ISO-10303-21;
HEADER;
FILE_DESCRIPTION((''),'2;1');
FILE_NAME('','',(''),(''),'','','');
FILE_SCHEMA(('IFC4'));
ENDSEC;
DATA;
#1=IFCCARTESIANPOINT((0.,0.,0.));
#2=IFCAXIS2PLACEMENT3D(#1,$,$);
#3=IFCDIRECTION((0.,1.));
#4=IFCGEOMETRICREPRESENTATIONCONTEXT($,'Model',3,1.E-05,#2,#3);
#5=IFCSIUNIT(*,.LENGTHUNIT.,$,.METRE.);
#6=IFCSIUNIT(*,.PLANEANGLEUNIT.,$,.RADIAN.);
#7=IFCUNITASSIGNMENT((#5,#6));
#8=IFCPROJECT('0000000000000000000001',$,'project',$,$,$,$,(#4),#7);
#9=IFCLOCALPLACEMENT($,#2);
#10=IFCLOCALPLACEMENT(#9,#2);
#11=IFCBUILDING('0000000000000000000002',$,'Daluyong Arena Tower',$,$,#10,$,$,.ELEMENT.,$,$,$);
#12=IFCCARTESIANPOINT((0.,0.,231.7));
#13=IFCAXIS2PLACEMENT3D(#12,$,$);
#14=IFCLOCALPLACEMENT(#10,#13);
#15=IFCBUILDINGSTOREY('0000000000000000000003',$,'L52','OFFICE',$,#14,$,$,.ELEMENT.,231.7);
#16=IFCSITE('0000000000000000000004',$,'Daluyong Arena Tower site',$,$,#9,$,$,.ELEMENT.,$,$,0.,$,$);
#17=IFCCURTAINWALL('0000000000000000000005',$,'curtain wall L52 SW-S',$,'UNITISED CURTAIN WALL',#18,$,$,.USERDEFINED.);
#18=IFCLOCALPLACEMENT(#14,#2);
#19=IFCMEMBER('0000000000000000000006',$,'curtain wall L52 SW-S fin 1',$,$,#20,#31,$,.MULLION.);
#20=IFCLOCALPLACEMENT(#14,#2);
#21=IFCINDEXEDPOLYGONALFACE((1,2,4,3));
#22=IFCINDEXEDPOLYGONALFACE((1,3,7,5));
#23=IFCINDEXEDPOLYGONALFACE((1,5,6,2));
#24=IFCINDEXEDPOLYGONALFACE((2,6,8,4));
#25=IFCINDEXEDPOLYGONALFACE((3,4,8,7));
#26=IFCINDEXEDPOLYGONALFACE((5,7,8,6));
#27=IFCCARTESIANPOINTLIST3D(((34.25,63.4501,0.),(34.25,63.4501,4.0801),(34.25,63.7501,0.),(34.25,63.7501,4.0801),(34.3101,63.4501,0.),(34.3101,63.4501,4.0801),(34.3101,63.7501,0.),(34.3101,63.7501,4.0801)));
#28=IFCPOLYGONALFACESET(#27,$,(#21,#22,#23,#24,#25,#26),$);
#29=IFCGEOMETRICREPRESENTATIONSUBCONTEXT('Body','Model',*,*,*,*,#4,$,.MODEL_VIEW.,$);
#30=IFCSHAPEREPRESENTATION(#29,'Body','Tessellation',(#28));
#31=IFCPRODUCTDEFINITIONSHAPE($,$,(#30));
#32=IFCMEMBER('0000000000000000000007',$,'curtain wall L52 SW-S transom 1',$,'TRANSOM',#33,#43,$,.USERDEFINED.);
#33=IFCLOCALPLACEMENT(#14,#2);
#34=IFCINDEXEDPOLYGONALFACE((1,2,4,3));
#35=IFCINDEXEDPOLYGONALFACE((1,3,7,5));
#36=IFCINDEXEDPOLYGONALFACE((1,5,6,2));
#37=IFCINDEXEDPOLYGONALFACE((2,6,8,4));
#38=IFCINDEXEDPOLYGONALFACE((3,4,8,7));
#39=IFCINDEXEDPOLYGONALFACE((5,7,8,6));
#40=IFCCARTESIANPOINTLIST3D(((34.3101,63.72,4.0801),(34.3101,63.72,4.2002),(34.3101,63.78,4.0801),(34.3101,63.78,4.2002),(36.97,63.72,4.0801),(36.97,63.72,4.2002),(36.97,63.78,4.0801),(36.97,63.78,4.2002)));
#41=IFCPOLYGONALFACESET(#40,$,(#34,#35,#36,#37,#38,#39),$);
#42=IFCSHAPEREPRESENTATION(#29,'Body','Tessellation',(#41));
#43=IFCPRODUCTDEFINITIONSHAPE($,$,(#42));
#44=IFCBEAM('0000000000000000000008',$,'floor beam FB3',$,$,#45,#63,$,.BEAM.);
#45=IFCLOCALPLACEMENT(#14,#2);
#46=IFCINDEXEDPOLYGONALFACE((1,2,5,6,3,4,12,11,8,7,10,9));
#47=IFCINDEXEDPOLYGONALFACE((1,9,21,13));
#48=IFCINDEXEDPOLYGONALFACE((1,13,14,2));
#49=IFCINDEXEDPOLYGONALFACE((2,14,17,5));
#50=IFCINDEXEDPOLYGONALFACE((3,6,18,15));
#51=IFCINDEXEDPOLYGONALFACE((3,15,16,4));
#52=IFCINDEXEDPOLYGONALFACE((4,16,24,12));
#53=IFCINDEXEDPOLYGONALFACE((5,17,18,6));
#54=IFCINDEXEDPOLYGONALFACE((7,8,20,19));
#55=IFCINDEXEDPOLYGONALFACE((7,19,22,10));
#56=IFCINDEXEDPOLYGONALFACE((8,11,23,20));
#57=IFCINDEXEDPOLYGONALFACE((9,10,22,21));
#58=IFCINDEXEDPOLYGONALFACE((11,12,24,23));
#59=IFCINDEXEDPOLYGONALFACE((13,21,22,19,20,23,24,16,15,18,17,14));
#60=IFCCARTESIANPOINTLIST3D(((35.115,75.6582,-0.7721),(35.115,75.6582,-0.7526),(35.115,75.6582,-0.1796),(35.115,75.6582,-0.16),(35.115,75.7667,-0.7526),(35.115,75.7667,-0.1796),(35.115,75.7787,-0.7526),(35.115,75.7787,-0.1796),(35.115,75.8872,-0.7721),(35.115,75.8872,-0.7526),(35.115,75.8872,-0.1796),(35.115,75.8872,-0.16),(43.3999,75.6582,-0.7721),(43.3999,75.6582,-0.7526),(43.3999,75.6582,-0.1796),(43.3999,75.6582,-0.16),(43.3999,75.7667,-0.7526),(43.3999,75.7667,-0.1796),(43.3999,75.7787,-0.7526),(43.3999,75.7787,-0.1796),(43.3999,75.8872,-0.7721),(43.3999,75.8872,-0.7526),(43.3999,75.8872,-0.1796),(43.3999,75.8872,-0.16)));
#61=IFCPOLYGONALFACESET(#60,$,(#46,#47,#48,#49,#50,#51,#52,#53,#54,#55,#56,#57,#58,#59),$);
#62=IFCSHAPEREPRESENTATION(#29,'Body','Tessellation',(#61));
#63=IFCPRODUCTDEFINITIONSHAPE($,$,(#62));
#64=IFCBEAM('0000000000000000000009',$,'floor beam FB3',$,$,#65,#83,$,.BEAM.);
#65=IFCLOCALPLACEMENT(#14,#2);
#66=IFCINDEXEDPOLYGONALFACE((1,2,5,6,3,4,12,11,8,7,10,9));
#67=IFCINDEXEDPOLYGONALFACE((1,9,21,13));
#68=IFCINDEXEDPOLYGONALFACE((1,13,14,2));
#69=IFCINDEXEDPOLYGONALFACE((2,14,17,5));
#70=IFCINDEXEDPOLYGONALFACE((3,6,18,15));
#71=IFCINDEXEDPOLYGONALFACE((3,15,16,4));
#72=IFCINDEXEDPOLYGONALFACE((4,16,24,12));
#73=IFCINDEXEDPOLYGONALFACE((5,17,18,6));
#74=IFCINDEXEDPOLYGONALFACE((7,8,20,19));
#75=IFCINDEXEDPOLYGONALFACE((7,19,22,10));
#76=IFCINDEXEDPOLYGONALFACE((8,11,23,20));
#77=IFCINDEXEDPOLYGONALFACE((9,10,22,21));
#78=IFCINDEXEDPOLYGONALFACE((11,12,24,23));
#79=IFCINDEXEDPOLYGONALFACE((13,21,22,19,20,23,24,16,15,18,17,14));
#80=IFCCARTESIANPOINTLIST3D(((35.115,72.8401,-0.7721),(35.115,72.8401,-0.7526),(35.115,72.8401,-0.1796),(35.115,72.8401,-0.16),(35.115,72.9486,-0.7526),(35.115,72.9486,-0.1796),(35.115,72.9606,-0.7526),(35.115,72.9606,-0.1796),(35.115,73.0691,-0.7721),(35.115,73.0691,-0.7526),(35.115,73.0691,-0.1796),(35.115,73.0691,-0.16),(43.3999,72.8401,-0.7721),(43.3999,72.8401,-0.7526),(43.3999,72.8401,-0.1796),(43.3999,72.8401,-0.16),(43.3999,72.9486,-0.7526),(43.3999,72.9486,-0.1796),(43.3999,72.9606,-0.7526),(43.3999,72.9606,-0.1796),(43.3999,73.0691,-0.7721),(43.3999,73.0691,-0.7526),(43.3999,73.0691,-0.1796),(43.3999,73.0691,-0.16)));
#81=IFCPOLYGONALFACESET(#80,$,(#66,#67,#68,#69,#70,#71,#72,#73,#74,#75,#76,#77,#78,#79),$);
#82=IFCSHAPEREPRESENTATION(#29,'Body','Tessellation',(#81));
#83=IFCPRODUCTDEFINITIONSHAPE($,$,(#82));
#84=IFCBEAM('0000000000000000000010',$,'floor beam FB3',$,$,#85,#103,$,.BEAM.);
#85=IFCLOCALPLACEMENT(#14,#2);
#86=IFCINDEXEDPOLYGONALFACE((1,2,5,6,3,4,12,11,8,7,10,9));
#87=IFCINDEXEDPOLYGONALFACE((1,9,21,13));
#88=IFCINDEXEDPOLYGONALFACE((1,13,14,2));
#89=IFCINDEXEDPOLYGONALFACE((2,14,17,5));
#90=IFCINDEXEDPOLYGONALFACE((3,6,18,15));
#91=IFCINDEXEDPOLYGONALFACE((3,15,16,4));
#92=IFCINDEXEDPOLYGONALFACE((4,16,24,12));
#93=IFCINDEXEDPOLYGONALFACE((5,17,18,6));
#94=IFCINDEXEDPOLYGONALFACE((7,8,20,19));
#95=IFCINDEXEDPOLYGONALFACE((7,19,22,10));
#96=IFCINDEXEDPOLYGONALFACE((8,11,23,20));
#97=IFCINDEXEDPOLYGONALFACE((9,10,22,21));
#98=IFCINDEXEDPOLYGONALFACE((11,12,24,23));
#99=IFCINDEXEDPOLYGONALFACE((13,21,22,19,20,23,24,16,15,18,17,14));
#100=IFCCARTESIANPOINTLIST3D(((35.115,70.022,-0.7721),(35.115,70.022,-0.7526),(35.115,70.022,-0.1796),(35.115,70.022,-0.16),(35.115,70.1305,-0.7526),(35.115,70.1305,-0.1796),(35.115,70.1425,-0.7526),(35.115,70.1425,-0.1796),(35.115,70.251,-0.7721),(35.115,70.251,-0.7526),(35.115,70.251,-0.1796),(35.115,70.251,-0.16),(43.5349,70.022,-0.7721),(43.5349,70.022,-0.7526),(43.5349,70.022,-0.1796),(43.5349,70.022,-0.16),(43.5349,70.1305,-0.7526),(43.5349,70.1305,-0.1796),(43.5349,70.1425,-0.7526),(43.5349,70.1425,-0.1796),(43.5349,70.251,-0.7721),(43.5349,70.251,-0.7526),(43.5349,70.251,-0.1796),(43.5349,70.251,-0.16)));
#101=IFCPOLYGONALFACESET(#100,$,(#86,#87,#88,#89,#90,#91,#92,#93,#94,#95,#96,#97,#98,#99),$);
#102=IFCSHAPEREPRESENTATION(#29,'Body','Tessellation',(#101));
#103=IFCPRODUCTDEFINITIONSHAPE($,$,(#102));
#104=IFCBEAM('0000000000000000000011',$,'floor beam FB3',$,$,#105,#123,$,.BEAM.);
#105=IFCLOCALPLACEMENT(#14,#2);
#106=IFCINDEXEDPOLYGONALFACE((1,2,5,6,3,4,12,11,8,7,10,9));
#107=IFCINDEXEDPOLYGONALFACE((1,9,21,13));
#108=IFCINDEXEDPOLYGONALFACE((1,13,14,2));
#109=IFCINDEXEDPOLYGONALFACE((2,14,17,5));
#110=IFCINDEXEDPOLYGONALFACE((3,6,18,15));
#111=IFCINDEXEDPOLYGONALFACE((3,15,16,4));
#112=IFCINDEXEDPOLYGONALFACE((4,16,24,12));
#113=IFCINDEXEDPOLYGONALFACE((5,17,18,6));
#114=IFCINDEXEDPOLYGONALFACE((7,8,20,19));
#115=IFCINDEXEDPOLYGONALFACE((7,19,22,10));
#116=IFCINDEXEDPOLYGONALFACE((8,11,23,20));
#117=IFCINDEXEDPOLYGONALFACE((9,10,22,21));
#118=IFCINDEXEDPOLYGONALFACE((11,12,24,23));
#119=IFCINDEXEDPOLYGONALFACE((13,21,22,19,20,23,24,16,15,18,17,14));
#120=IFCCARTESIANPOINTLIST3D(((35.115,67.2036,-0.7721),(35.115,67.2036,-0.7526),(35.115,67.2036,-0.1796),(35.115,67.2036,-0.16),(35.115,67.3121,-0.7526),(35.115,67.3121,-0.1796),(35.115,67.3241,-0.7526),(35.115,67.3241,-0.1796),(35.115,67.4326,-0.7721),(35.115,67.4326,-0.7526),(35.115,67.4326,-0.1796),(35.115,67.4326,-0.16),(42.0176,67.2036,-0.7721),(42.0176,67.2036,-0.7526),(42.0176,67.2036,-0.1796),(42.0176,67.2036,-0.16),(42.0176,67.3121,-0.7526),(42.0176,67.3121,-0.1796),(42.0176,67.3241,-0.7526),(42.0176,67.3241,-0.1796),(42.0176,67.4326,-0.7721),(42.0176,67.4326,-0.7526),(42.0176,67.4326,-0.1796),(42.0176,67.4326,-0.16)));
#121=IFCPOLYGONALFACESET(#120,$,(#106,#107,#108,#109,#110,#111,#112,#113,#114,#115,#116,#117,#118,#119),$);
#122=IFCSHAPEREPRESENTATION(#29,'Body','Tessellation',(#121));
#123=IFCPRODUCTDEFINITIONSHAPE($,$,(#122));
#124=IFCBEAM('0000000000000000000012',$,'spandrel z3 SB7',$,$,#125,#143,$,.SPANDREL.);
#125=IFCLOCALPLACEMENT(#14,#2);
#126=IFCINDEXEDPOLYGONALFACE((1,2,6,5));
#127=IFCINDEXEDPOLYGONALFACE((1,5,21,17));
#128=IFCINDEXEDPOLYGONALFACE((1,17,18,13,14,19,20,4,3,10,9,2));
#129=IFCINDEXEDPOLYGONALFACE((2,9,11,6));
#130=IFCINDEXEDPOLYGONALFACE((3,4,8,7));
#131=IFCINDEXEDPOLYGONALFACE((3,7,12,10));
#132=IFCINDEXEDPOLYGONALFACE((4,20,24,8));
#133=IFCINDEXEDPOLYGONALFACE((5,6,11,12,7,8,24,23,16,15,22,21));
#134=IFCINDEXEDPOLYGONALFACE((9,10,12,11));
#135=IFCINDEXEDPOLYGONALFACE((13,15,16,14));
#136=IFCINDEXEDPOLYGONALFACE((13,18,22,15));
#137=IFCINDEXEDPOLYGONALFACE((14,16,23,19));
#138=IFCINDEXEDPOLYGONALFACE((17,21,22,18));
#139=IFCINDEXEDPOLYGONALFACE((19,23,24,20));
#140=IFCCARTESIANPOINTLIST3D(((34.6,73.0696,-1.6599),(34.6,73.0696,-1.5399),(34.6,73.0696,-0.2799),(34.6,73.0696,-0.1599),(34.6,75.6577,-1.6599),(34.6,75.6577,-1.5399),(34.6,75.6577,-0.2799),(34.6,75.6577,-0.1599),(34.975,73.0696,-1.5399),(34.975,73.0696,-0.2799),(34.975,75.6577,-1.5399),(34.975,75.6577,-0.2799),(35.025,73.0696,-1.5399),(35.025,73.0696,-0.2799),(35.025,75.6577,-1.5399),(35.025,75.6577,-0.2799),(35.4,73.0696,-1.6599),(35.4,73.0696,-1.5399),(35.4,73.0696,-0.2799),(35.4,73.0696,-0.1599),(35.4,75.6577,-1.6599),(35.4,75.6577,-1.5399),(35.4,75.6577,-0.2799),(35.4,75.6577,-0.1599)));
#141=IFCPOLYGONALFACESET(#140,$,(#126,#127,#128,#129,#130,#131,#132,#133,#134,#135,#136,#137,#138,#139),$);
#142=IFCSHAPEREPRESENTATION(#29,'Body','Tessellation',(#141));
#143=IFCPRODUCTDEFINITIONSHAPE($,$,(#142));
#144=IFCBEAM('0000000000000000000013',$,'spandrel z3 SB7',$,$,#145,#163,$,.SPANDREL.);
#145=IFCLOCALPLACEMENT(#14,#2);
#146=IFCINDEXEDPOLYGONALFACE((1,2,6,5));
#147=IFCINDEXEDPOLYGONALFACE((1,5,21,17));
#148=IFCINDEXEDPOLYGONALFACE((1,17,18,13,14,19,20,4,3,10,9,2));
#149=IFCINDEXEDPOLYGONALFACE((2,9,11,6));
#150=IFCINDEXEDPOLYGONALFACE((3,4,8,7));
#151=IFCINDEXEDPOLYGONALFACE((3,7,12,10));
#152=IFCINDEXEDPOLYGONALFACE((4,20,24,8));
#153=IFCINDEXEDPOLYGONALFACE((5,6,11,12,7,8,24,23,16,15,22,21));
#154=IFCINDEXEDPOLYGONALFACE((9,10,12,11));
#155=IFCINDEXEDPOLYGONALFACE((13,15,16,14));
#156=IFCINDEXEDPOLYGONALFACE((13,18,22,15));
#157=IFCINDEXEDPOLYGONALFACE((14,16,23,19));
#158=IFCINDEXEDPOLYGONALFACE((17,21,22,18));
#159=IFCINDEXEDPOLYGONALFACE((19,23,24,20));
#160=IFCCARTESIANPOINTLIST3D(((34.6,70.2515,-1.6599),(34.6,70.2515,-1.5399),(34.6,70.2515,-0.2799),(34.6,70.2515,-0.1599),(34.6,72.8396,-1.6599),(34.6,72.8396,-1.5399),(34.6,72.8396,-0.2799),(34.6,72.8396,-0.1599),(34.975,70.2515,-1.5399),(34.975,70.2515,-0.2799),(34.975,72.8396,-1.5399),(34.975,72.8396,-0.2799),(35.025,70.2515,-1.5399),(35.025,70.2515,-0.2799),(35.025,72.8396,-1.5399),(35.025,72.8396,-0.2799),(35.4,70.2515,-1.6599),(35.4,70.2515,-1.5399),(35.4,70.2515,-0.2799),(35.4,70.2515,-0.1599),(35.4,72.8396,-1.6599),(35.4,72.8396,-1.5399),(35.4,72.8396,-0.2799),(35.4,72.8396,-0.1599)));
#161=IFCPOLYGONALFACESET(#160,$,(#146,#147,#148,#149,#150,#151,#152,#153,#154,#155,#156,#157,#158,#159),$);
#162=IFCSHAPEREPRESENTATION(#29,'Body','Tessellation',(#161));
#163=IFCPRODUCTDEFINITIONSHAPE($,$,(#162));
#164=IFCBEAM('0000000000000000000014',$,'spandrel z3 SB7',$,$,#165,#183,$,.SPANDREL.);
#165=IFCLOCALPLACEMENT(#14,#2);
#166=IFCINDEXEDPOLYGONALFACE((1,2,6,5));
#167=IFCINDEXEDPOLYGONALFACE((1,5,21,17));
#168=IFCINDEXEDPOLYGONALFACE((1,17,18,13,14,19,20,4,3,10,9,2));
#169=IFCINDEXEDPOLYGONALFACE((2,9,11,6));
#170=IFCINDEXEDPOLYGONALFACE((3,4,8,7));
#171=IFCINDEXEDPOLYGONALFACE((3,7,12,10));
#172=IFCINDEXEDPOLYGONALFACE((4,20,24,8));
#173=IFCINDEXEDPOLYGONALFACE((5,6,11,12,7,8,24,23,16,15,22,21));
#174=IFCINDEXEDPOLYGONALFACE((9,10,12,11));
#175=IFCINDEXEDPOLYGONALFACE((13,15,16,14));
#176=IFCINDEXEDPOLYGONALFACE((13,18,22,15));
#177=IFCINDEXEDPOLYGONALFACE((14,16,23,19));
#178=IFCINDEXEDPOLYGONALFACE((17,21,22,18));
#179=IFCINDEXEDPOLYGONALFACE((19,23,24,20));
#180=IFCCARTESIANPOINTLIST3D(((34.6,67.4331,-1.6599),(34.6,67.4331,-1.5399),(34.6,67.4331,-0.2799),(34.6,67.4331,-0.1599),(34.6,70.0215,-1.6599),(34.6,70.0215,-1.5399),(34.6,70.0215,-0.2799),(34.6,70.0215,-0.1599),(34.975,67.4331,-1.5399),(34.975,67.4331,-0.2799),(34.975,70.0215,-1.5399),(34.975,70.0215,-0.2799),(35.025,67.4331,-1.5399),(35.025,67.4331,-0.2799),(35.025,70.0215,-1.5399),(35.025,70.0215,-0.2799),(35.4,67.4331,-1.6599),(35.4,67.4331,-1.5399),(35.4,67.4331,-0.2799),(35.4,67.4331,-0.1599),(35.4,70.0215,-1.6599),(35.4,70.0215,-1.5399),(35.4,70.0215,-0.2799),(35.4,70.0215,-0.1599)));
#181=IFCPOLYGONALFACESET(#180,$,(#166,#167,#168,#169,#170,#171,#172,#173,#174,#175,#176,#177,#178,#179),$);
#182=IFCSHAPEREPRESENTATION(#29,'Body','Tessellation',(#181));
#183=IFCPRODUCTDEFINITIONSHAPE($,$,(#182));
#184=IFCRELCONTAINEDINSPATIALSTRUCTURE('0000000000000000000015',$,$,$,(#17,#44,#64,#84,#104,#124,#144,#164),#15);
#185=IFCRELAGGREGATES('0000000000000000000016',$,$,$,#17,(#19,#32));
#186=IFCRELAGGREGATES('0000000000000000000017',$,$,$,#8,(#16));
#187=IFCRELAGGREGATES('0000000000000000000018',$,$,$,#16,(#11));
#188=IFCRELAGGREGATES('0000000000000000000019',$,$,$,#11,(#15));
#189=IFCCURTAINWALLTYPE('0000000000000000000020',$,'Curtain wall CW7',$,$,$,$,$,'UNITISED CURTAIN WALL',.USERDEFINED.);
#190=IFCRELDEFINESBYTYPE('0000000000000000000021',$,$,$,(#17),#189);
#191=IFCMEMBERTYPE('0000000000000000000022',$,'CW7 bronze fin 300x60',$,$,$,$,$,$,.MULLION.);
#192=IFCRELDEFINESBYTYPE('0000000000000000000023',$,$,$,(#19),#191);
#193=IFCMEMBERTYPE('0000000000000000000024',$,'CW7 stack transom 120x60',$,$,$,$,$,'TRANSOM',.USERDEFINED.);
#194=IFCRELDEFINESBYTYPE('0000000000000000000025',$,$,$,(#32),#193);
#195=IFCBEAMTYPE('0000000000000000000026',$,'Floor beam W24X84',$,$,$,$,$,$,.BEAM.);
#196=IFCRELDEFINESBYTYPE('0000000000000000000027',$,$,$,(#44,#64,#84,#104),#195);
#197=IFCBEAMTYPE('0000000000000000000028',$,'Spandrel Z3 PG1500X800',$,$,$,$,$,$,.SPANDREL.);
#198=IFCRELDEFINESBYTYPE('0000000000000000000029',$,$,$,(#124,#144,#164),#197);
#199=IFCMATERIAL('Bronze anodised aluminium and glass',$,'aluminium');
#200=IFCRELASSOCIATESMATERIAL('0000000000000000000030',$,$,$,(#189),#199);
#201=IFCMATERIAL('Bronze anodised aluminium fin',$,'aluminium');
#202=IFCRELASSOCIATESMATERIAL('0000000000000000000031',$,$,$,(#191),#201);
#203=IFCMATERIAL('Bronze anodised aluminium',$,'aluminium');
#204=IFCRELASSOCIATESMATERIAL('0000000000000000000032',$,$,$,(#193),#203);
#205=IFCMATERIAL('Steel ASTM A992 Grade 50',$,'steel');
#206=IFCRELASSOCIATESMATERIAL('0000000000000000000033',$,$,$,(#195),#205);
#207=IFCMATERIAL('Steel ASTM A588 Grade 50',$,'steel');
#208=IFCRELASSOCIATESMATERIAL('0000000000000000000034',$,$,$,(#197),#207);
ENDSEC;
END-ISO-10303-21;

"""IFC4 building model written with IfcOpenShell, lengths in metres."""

from ifc_helpers import new_model, si_unit, direction, frame, origin, origin_2d, place, context, subcontext, project, spatial, rectangle, i_section, extrude, material, material_profile, profile_set, type_object, element, aggregate, save


model = new_model("IFC4")

# Units and contexts
model_context = context("Model", 3, precision=1e-05, world=origin(), true_north=direction((0.0, 1.0)))
body_context = subcontext(model_context, "Body", "Model", "MODEL_VIEW")
ifc_project = project(units=[si_unit("LENGTHUNIT", "METRE"), si_unit("PLANEANGLEUNIT", "RADIAN")], contexts=[model_context])

# Site, building, storey
site_placement = place(None, origin())
site = spatial("IfcSite", under=ifc_project, at=site_placement, Name="Daluyong Arena Tower site", CompositionType="ELEMENT", RefElevation=0.0)
building_placement = place(site_placement, origin())
building = spatial("IfcBuilding", under=site, at=building_placement, Name="Daluyong Arena Tower", CompositionType="ELEMENT")
storey_placement = place(building_placement, frame((0.0, 0.0, 231.7)))
storey = spatial("IfcBuildingStorey", under=building, at=storey_placement, Name="L52", Description="OFFICE", CompositionType="ELEMENT", Elevation=231.7)

# Curtain wall, members
ifc_material_1 = material(Name="Bronze anodised aluminium and glass", Category="aluminium")
curtain_wall_type_1 = type_object("IfcCurtainWallType", Name="Curtain wall CW7", ElementType="UNITISED CURTAIN WALL", PredefinedType="USERDEFINED", material=ifc_material_1)
curtain_wall_1_placement = place(storey_placement, origin())
curtain_wall_1 = element("IfcCurtainWall", 1, at=curtain_wall_1_placement, inside=storey, type_object=curtain_wall_type_1, Name="curtain wall L52 SW-S", ObjectType="UNITISED CURTAIN WALL", PredefinedType="USERDEFINED")
ifc_material_2 = material(Name="Bronze anodised aluminium fin", Category="aluminium")
ifc_material_profile_1 = material_profile(ifc_material_2, rectangle(XDim=0.3, YDim=0.0601, at=origin_2d()))
ifc_profile_set_1 = profile_set([ifc_material_profile_1], Name="Bronze anodised aluminium fin")
member_type_1 = type_object("IfcMemberType", Name="CW7 bronze fin 300x60", PredefinedType="MULLION", material=ifc_profile_set_1)
member_1_placement = place(storey_placement, frame((34.28, 63.6001, 0.0), z_axis=(0.0, 0.0, 1.0), x_axis=(0.0, 1.0, 0.0)))
member_1 = element("IfcMember", 2, at=member_1_placement, type_object=member_type_1, Name="curtain wall L52 SW-S fin 1", PredefinedType="MULLION", context=body_context, shape_type="SweptSolid", body=[
    extrude(rectangle(XDim=0.3, YDim=0.0601, at=origin_2d()), origin(), (0.0, 0.0, 1.0), 4.0801),
])
ifc_material_3 = material(Name="Bronze anodised aluminium", Category="aluminium")
ifc_material_profile_2 = material_profile(ifc_material_3, rectangle(XDim=0.0601, YDim=0.1201, at=origin_2d()))
ifc_profile_set_2 = profile_set([ifc_material_profile_2], Name="Bronze anodised aluminium")
member_type_2 = type_object("IfcMemberType", Name="CW7 stack transom 120x60", ElementType="TRANSOM", PredefinedType="USERDEFINED", material=ifc_profile_set_2)
member_2_placement = place(storey_placement, frame((34.3101, 63.75, 4.1401), z_axis=(1.0, 0.0, 0.0), x_axis=(0.0, 1.0, 0.0)))
member_2 = element("IfcMember", 3, at=member_2_placement, type_object=member_type_2, Name="curtain wall L52 SW-S transom 1", ObjectType="TRANSOM", PredefinedType="USERDEFINED", context=body_context, shape_type="SweptSolid", body=[
    extrude(rectangle(XDim=0.0601, YDim=0.1201, at=origin_2d()), origin(), (0.0, 0.0, 1.0), 2.6599),
])
aggregate(curtain_wall_1, [member_1, member_2])

# Beams
ifc_material_4 = material(Name="Steel ASTM A992 Grade 50", Category="steel")
ifc_material_profile_3 = material_profile(ifc_material_4, i_section(OverallWidth=0.229, OverallDepth=0.6121, WebThickness=0.012, FlangeThickness=0.0195, at=origin_2d()))
ifc_profile_set_3 = profile_set([ifc_material_profile_3], Name="Steel ASTM A992 Grade 50")
beam_type_1 = type_object("IfcBeamType", Name="Floor beam W24X84", PredefinedType="BEAM", material=ifc_profile_set_3)
for number, where, z_axis, x_axis, name in (
    (4, (35.115, 75.7727, -0.4661), (1.0, 0.0, 0.0), (0.0, 1.0, 0.0), "floor beam FB3"),
    (5, (35.115, 72.9546, -0.4661), (1.0, 0.0, 0.0), (0.0, 1.0, 0.0), "floor beam FB3"),
):
    element("IfcBeam", number, at=place(storey_placement, frame(where, z_axis=z_axis, x_axis=x_axis)), inside=storey, type_object=beam_type_1, Name=name, PredefinedType="BEAM", context=body_context, shape_type="SweptSolid", body=[
        extrude(i_section(OverallWidth=0.229, OverallDepth=0.6121, WebThickness=0.012, FlangeThickness=0.0195, at=origin_2d()), origin(), (0.0, 0.0, 1.0), 8.2849),
    ])
beam_1_placement = place(storey_placement, frame((35.115, 70.1365, -0.4661), z_axis=(1.0, 0.0, 0.0), x_axis=(0.0, 1.0, 0.0)))
element("IfcBeam", 6, at=beam_1_placement, inside=storey, type_object=beam_type_1, Name="floor beam FB3", PredefinedType="BEAM", context=body_context, shape_type="SweptSolid", body=[
    extrude(i_section(OverallWidth=0.229, OverallDepth=0.6121, WebThickness=0.012, FlangeThickness=0.0195, at=origin_2d()), origin(), (0.0, 0.0, 1.0), 8.4199),
])
beam_2_placement = place(storey_placement, frame((35.115, 67.3181, -0.4661), z_axis=(1.0, 0.0, 0.0), x_axis=(0.0, 1.0, 0.0)))
element("IfcBeam", 7, at=beam_2_placement, inside=storey, type_object=beam_type_1, Name="floor beam FB3", PredefinedType="BEAM", context=body_context, shape_type="SweptSolid", body=[
    extrude(i_section(OverallWidth=0.229, OverallDepth=0.6121, WebThickness=0.012, FlangeThickness=0.0195, at=origin_2d()), origin(), (0.0, 0.0, 1.0), 6.9026),
])
ifc_material_5 = material(Name="Steel ASTM A588 Grade 50", Category="steel")
ifc_material_profile_4 = material_profile(ifc_material_5, i_section(OverallWidth=0.8, OverallDepth=1.5, WebThickness=0.05, FlangeThickness=0.12, at=origin_2d()))
ifc_profile_set_4 = profile_set([ifc_material_profile_4], Name="Steel ASTM A588 Grade 50")
beam_type_2 = type_object("IfcBeamType", Name="Spandrel Z3 PG1500X800", PredefinedType="SPANDREL", material=ifc_profile_set_4)
for number, where, z_axis, x_axis, name in (
    (8, (35.0, 75.6577, -0.9099), (0.0, -1.0, 0.0), (1.0, 0.0, 0.0), "spandrel z3 SB7"),
    (9, (35.0, 72.8396, -0.9099), (0.0, -1.0, 0.0), (1.0, 0.0, 0.0), "spandrel z3 SB7"),
):
    element("IfcBeam", number, at=place(storey_placement, frame(where, z_axis=z_axis, x_axis=x_axis)), inside=storey, type_object=beam_type_2, Name=name, PredefinedType="SPANDREL", context=body_context, shape_type="SweptSolid", body=[
        extrude(i_section(OverallWidth=0.8, OverallDepth=1.5, WebThickness=0.05, FlangeThickness=0.12, at=origin_2d()), origin(), (0.0, 0.0, 1.0), 2.5881),
    ])
beam_3_placement = place(storey_placement, frame((35.0, 70.0215, -0.9099), z_axis=(0.0, -1.0, 0.0), x_axis=(1.0, 0.0, 0.0)))
element("IfcBeam", 10, at=beam_3_placement, inside=storey, type_object=beam_type_2, Name="spandrel z3 SB7", PredefinedType="SPANDREL", context=body_context, shape_type="SweptSolid", body=[
    extrude(i_section(OverallWidth=0.8, OverallDepth=1.5, WebThickness=0.05, FlangeThickness=0.12, at=origin_2d()), origin(), (0.0, 0.0, 1.0), 2.5884),
])

save(model, "model.ifc")
